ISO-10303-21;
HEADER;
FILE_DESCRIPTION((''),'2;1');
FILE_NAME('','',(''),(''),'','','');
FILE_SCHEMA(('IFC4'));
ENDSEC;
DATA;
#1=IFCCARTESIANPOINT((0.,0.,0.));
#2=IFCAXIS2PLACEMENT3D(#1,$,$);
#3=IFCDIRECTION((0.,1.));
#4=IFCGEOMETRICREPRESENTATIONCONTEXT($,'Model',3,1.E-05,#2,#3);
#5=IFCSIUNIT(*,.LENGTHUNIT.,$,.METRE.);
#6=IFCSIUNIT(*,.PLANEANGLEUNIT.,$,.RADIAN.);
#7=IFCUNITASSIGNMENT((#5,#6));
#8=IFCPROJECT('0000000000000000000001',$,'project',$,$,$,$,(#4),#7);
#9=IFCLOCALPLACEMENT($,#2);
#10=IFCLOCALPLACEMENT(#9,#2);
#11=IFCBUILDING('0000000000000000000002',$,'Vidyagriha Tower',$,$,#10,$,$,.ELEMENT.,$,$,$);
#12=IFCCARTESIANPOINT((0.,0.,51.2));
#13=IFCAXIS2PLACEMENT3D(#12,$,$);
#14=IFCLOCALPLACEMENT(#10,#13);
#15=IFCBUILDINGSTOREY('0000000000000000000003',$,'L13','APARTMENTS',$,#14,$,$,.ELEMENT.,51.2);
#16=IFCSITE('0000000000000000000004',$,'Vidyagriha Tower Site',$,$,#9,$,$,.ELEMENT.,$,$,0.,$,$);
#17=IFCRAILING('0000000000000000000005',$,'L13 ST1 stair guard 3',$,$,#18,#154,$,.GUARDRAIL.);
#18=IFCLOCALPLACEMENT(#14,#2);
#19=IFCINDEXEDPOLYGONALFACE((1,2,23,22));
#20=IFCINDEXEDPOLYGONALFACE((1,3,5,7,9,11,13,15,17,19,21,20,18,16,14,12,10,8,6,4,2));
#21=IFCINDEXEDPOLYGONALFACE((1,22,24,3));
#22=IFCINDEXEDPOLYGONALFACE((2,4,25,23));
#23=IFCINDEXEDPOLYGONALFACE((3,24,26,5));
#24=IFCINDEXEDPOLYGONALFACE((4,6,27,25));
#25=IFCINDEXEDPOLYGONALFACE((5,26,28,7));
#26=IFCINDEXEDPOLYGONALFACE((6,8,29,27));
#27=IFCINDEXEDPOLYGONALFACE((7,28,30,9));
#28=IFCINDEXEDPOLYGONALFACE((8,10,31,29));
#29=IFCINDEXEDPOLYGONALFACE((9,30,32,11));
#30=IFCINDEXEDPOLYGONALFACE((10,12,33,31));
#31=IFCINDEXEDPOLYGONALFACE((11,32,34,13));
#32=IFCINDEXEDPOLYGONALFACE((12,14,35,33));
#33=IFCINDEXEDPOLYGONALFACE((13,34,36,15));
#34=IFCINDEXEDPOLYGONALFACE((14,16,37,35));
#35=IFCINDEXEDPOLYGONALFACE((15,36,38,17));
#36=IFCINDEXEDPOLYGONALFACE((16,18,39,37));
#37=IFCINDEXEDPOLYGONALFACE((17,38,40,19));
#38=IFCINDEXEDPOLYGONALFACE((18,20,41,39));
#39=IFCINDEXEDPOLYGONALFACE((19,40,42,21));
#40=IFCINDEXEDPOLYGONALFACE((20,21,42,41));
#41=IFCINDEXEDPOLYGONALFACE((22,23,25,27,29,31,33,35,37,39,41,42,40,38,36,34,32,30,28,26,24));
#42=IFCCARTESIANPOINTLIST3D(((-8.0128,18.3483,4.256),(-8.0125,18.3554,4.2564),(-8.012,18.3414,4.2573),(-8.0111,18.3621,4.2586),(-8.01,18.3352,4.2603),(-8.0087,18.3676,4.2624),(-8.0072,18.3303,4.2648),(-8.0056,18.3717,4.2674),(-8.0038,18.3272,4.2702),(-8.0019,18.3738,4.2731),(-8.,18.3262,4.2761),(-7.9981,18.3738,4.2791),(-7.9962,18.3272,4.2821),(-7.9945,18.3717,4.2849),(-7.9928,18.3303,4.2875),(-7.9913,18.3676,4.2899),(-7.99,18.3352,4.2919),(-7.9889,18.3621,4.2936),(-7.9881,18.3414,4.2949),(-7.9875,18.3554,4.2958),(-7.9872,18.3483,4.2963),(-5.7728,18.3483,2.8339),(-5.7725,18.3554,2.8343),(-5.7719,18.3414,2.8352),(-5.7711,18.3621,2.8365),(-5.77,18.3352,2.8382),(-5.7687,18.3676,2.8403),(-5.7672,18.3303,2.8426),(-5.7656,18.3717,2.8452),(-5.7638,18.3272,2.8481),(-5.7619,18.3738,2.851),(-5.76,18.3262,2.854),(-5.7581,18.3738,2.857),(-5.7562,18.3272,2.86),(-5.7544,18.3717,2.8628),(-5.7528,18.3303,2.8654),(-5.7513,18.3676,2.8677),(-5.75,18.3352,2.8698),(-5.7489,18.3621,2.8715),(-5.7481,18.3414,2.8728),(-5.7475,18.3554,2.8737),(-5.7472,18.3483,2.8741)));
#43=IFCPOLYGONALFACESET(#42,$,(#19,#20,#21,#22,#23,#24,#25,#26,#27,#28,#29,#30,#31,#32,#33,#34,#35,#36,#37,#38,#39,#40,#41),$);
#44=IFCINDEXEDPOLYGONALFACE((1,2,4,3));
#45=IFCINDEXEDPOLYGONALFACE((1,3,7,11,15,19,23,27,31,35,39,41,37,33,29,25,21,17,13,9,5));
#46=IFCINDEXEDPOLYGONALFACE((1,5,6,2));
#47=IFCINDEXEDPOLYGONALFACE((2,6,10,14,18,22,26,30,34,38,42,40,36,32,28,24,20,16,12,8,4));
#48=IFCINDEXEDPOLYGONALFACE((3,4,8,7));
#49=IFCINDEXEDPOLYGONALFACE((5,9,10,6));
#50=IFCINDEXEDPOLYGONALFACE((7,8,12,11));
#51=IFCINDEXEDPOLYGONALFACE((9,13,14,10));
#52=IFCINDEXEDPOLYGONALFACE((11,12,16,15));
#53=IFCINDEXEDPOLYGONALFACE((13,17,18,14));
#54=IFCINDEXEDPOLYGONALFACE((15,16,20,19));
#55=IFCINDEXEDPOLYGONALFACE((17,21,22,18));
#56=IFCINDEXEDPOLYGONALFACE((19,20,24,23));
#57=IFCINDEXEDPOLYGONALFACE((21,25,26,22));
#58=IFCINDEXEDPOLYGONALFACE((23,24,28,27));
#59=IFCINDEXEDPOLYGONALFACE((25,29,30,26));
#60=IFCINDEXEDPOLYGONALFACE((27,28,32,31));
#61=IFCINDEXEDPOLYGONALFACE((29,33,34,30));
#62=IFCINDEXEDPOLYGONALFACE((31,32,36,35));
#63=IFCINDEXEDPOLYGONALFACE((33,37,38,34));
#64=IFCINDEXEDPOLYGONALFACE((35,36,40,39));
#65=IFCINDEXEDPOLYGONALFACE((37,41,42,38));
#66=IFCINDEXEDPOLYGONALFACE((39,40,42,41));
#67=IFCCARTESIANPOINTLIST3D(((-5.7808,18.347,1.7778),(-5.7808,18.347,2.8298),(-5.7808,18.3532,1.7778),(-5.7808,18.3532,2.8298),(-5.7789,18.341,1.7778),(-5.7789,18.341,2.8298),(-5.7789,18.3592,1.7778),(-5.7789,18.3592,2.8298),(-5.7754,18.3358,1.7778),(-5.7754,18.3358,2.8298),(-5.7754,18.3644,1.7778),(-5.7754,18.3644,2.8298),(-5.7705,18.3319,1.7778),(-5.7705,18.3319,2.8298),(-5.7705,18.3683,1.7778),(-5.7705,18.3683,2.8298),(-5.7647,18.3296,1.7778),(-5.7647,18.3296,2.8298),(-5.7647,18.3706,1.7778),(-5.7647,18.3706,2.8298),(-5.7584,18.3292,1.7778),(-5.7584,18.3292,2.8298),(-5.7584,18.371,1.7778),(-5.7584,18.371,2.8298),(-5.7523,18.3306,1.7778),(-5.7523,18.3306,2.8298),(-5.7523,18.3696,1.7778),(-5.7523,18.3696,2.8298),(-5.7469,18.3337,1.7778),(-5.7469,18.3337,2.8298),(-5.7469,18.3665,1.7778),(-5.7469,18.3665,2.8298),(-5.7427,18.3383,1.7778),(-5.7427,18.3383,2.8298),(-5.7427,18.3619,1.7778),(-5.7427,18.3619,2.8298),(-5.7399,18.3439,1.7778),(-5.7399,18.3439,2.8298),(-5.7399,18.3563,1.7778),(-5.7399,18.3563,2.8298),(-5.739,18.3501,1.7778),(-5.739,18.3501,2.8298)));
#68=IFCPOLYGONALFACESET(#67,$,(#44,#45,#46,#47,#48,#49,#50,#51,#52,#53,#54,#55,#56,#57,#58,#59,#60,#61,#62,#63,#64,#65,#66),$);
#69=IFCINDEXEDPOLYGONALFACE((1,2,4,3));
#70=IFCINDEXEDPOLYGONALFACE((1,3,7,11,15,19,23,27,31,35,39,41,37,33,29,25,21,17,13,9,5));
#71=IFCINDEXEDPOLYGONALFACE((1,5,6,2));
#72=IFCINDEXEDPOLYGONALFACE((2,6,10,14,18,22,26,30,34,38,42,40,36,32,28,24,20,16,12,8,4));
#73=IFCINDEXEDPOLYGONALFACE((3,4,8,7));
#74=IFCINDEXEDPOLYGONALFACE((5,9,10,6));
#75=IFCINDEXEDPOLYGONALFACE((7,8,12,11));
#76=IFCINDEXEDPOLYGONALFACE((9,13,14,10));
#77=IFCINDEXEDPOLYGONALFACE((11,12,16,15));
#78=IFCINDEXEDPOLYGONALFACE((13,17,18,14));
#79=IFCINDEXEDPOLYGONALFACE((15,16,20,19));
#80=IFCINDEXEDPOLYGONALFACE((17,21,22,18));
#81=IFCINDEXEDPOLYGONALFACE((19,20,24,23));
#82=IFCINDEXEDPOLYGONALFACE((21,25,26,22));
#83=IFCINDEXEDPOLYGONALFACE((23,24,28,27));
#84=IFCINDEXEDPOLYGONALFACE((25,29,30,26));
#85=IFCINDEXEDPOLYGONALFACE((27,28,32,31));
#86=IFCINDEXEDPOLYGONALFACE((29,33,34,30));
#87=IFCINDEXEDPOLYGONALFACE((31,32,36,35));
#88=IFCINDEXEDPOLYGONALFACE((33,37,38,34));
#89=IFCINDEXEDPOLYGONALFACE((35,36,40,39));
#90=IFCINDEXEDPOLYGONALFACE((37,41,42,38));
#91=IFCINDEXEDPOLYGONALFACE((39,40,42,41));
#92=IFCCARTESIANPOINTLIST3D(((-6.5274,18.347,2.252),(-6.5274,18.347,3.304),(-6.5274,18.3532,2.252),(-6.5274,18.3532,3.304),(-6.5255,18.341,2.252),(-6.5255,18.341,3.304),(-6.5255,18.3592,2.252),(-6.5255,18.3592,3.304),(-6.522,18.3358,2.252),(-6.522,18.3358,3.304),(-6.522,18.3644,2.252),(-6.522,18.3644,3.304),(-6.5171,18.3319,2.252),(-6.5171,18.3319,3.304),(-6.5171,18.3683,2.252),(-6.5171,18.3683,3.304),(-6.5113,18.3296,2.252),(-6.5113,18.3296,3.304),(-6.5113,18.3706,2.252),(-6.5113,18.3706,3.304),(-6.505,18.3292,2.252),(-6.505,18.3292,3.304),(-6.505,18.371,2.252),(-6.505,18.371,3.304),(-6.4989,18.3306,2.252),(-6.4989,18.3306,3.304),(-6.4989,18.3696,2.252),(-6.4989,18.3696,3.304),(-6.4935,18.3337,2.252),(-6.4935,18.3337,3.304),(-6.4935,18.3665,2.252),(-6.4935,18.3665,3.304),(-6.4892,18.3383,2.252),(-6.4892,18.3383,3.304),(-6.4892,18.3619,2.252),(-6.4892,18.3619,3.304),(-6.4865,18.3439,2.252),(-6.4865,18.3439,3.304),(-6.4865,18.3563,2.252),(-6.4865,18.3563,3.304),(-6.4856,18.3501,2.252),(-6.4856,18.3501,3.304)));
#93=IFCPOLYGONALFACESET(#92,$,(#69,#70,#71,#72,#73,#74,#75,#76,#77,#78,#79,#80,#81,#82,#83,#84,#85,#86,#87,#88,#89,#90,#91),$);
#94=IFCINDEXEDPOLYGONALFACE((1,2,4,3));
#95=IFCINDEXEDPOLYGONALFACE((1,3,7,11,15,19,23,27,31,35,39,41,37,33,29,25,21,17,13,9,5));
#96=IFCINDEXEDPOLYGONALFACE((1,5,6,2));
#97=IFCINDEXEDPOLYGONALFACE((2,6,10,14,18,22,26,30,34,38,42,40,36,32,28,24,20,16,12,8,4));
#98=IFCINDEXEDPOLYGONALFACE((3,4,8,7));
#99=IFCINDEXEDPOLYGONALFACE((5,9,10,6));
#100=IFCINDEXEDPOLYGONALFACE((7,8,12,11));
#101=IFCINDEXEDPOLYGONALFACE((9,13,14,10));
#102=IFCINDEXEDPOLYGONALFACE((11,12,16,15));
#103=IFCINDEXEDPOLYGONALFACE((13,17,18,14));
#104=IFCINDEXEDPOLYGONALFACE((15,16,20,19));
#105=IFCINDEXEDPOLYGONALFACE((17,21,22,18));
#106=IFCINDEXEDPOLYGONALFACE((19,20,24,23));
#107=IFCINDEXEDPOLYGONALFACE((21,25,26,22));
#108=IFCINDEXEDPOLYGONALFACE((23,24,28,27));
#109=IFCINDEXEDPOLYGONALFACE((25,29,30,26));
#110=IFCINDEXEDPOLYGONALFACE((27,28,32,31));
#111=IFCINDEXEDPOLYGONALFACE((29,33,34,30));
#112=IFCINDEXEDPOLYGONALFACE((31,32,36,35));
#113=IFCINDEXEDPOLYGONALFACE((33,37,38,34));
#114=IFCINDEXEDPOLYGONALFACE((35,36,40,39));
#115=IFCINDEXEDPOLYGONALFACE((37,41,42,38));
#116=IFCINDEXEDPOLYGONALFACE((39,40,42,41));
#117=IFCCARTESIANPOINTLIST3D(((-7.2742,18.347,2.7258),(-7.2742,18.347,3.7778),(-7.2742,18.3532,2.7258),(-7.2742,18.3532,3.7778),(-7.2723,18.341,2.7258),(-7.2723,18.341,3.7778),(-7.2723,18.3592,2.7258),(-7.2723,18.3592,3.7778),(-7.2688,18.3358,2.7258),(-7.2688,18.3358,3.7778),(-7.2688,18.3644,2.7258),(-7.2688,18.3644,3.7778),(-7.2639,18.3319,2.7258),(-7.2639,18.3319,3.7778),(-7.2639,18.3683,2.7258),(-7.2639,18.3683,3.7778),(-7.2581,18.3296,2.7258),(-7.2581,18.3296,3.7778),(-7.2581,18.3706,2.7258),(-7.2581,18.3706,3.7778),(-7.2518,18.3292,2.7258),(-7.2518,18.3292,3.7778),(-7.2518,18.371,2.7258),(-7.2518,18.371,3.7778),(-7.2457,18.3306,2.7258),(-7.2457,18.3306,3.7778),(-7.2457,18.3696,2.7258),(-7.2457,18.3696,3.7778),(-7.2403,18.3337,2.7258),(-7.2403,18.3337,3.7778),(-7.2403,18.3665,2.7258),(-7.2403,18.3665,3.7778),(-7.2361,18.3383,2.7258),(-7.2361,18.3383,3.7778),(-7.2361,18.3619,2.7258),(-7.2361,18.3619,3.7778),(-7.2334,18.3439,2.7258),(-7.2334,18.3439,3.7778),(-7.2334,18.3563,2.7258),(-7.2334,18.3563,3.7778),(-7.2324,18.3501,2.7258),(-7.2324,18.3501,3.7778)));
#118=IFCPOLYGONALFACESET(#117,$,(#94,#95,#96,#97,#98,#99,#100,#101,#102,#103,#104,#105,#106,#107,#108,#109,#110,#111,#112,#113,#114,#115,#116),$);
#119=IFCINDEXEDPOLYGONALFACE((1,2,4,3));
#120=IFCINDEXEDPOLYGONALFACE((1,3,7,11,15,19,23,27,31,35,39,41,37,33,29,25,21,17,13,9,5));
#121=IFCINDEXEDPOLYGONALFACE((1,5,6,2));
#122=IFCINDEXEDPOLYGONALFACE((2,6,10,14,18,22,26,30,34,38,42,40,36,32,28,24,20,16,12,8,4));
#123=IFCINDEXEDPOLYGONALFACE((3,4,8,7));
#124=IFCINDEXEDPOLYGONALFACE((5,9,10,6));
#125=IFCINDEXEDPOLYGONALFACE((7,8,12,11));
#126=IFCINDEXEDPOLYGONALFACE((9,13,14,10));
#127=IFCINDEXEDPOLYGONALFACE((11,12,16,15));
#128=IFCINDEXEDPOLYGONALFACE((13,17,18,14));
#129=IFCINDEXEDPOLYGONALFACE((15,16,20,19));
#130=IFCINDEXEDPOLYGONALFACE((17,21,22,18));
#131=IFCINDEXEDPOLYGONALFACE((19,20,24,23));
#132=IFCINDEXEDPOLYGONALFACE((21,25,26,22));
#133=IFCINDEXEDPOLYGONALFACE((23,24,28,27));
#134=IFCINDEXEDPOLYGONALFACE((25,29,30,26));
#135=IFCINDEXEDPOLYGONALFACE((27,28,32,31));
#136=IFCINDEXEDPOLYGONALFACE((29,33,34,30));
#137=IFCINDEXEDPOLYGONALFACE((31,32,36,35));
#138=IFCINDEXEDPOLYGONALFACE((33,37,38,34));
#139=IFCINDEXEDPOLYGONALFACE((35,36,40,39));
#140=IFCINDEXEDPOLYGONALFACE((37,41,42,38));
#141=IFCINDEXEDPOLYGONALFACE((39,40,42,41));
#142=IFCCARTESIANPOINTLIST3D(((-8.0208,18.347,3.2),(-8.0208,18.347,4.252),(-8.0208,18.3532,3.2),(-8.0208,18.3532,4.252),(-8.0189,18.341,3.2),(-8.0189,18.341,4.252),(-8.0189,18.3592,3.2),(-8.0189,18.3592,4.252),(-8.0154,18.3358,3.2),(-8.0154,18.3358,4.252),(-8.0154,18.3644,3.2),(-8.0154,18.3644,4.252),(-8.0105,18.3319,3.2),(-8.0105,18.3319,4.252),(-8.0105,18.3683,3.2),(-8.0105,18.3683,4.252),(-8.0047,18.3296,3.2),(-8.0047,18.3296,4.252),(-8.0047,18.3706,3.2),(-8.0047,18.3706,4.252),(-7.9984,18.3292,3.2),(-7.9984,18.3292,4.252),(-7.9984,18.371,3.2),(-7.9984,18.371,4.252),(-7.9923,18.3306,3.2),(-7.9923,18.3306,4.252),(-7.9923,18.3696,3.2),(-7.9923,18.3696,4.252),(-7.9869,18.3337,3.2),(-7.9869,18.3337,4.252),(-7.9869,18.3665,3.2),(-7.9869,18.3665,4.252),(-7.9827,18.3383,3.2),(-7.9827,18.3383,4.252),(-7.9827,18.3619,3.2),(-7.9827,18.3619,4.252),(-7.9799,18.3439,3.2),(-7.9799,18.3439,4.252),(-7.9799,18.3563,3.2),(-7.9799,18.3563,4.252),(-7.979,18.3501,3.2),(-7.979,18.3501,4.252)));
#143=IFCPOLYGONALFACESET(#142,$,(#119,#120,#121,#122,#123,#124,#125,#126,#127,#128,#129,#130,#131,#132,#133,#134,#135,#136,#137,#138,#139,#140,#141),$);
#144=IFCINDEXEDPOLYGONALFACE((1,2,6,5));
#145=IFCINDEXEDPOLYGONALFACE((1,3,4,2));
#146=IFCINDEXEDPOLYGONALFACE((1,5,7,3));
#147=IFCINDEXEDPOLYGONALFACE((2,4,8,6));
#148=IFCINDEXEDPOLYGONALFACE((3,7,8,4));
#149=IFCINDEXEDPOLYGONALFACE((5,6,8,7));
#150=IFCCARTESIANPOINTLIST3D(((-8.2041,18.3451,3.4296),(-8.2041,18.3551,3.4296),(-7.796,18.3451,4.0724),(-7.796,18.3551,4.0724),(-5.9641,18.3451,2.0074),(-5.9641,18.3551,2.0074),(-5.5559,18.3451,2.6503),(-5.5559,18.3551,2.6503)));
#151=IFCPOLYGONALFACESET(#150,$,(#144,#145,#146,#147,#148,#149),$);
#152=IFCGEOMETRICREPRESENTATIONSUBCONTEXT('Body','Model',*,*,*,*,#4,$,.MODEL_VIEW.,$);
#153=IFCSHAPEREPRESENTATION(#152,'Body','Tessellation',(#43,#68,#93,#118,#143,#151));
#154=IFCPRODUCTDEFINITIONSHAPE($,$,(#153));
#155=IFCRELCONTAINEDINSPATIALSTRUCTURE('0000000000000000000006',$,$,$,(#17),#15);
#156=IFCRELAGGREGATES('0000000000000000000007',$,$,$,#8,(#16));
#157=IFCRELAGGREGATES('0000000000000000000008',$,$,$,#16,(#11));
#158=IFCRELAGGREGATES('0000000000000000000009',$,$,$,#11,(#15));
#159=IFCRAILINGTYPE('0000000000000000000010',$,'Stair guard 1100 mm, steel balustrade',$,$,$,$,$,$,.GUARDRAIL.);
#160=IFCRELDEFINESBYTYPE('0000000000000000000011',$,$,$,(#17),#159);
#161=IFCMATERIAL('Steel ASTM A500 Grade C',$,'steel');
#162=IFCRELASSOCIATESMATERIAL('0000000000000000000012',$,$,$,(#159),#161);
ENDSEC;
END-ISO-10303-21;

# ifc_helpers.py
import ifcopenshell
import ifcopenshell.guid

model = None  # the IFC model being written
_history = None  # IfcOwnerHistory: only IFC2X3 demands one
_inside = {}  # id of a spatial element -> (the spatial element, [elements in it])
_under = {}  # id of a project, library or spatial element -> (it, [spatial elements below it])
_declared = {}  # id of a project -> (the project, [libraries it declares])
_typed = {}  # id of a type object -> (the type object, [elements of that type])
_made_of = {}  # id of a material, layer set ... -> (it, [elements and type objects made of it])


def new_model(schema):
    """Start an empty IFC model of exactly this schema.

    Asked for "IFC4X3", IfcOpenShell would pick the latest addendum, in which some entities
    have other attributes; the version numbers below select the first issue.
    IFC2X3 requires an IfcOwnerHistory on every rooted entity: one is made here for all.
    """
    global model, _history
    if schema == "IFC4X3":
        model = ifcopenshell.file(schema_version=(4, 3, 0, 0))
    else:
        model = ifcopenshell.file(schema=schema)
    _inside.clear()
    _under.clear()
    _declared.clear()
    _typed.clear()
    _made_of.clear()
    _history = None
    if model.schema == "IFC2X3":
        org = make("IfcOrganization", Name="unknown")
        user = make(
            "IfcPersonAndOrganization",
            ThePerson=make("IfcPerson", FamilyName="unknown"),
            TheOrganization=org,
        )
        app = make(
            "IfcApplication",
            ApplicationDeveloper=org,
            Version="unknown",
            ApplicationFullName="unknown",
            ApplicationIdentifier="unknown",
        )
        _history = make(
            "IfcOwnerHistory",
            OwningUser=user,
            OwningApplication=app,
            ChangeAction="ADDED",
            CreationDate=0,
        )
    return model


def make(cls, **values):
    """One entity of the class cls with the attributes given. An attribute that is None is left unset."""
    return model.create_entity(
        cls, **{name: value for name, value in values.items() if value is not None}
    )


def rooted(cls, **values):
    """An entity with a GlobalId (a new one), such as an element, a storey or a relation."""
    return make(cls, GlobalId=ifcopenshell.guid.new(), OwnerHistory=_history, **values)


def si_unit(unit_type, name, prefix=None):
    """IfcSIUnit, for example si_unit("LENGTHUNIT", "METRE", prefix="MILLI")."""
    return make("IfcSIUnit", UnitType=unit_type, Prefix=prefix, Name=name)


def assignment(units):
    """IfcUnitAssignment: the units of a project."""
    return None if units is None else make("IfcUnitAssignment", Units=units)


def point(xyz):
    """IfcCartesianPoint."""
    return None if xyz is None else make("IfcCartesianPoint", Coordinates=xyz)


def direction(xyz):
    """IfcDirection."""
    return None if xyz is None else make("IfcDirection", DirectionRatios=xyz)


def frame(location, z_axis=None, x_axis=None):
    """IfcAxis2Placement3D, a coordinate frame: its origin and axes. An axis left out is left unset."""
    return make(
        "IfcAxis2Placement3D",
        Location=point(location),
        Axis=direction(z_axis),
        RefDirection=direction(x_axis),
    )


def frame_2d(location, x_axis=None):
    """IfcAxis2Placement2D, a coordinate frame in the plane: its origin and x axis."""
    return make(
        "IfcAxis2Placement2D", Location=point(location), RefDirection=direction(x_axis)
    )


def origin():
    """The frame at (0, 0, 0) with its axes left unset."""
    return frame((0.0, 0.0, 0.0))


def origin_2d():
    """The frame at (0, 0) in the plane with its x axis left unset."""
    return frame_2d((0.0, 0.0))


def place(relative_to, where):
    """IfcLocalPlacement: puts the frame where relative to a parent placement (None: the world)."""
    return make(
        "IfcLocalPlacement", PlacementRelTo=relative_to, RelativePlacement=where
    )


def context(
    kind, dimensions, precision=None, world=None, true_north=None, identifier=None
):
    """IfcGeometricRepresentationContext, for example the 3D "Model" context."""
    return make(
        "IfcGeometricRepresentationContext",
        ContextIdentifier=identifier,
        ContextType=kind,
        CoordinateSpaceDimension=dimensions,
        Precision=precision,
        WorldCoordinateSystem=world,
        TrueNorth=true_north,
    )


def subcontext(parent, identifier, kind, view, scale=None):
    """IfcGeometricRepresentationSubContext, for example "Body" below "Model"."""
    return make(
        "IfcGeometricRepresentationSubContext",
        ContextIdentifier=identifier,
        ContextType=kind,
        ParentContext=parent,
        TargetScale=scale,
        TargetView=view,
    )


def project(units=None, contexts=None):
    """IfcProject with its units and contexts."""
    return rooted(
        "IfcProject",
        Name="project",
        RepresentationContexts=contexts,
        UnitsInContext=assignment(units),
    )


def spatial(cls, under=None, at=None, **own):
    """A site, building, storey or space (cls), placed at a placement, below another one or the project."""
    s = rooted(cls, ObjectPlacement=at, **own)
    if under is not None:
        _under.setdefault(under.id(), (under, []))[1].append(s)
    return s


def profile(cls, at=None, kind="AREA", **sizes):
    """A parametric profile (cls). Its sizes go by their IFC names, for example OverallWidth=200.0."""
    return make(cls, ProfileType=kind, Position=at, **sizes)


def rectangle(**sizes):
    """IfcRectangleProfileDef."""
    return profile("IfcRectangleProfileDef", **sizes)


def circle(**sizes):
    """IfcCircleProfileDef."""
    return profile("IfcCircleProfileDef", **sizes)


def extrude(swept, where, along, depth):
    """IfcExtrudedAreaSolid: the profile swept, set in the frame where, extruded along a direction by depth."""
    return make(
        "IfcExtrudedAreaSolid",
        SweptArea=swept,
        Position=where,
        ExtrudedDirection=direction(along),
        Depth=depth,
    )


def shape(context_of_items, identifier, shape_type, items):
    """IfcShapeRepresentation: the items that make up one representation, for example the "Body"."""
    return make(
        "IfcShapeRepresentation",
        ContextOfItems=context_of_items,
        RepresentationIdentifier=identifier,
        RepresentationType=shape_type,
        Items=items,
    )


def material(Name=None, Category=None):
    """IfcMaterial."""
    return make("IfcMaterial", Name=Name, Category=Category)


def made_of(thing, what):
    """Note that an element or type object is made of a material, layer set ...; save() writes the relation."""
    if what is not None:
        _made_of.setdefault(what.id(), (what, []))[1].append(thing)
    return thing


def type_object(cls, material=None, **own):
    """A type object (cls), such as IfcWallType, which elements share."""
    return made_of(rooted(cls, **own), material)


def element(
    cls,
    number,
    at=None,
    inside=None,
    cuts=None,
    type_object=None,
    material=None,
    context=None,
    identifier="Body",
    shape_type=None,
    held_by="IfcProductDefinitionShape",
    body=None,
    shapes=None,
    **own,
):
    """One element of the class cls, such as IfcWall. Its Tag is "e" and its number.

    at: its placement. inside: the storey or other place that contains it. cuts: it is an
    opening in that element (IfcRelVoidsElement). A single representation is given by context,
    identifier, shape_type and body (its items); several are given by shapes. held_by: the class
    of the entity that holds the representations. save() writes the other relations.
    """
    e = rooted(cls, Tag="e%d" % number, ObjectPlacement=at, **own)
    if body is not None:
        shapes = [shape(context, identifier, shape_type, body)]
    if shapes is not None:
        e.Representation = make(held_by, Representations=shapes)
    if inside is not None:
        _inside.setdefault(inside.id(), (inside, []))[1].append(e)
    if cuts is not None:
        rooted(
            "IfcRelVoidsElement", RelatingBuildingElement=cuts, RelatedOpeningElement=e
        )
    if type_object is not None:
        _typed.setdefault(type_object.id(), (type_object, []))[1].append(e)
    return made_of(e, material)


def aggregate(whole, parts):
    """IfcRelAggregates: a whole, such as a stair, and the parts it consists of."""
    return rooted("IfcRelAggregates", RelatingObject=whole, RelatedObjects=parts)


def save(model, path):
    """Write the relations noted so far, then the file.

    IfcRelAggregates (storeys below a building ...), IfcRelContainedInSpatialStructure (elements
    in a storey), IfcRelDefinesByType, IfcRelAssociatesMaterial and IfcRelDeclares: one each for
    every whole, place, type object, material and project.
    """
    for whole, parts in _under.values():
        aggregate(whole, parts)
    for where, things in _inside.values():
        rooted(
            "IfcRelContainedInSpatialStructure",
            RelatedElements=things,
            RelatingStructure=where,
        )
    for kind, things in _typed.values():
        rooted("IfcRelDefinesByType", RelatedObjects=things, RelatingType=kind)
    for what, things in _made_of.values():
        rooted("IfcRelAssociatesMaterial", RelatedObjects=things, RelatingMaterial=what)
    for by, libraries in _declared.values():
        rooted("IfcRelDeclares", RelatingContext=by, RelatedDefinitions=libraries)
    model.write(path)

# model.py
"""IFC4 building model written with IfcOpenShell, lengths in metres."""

from ifc_helpers import new_model, si_unit, direction, frame, origin, origin_2d, place, context, subcontext, project, spatial, rectangle, circle, extrude, material, type_object, element, save


model = new_model("IFC4")

# Units and contexts
model_context = context("Model", 3, precision=1e-05, world=origin(), true_north=direction((0.0, 1.0)))
body_context = subcontext(model_context, "Body", "Model", "MODEL_VIEW")
ifc_project = project(units=[si_unit("LENGTHUNIT", "METRE"), si_unit("PLANEANGLEUNIT", "RADIAN")], contexts=[model_context])

# Site, building, storey
site_placement = place(None, origin())
site = spatial("IfcSite", under=ifc_project, at=site_placement, Name="Vidyagriha Tower Site", CompositionType="ELEMENT", RefElevation=0.0)
building_placement = place(site_placement, origin())
building = spatial("IfcBuilding", under=site, at=building_placement, Name="Vidyagriha Tower", CompositionType="ELEMENT")
storey_placement = place(building_placement, frame((0.0, 0.0, 51.2)))
storey = spatial("IfcBuildingStorey", under=building, at=storey_placement, Name="L13", Description="APARTMENTS", CompositionType="ELEMENT", Elevation=51.2)

# Railing
ifc_material_1 = material(Name="Steel ASTM A500 Grade C", Category="steel")
railing_type_1 = type_object("IfcRailingType", Name="Stair guard 1100 mm, steel balustrade", PredefinedType="GUARDRAIL", material=ifc_material_1)
railing_1_placement = place(storey_placement, frame((-5.76, 18.3501, 1.7778)))
element("IfcRailing", 1, at=railing_1_placement, inside=storey, type_object=railing_type_1, Name="L13 ST1 stair guard 3", PredefinedType="GUARDRAIL", context=body_context, shape_type="SweptSolid", body=[
    extrude(circle(Radius=0.0239, at=origin_2d()), frame((0.0, 0.0, 1.0762), z_axis=(-0.844229, 0.0, 0.535982), x_axis=(0.0, -1.0, 0.0)), (0.0, 0.0, 1.0), 2.6533),
    extrude(circle(Radius=0.021, at=origin_2d()), origin(), (0.0, 0.0, 1.0), 1.052),
    extrude(circle(Radius=0.021, at=origin_2d()), frame((-0.7466, 0.0, 0.4741)), (0.0, 0.0, 1.0), 1.052),
    extrude(circle(Radius=0.021, at=origin_2d()), frame((-1.4934, 0.0, 0.948)), (0.0, 0.0, 1.0), 1.052),
    extrude(circle(Radius=0.021, at=origin_2d()), frame((-2.24, 0.0, 1.4221)), (0.0, 0.0, 1.0), 1.052),
    extrude(rectangle(XDim=0.01, YDim=0.7615, at=origin_2d()), frame((0.0, 0.0, 0.551), z_axis=(-0.844229, 0.0, 0.535982), x_axis=(0.0, -1.0, 0.0)), (0.0, 0.0, 1.0), 2.6533),
])

save(model, "model.ifc")
